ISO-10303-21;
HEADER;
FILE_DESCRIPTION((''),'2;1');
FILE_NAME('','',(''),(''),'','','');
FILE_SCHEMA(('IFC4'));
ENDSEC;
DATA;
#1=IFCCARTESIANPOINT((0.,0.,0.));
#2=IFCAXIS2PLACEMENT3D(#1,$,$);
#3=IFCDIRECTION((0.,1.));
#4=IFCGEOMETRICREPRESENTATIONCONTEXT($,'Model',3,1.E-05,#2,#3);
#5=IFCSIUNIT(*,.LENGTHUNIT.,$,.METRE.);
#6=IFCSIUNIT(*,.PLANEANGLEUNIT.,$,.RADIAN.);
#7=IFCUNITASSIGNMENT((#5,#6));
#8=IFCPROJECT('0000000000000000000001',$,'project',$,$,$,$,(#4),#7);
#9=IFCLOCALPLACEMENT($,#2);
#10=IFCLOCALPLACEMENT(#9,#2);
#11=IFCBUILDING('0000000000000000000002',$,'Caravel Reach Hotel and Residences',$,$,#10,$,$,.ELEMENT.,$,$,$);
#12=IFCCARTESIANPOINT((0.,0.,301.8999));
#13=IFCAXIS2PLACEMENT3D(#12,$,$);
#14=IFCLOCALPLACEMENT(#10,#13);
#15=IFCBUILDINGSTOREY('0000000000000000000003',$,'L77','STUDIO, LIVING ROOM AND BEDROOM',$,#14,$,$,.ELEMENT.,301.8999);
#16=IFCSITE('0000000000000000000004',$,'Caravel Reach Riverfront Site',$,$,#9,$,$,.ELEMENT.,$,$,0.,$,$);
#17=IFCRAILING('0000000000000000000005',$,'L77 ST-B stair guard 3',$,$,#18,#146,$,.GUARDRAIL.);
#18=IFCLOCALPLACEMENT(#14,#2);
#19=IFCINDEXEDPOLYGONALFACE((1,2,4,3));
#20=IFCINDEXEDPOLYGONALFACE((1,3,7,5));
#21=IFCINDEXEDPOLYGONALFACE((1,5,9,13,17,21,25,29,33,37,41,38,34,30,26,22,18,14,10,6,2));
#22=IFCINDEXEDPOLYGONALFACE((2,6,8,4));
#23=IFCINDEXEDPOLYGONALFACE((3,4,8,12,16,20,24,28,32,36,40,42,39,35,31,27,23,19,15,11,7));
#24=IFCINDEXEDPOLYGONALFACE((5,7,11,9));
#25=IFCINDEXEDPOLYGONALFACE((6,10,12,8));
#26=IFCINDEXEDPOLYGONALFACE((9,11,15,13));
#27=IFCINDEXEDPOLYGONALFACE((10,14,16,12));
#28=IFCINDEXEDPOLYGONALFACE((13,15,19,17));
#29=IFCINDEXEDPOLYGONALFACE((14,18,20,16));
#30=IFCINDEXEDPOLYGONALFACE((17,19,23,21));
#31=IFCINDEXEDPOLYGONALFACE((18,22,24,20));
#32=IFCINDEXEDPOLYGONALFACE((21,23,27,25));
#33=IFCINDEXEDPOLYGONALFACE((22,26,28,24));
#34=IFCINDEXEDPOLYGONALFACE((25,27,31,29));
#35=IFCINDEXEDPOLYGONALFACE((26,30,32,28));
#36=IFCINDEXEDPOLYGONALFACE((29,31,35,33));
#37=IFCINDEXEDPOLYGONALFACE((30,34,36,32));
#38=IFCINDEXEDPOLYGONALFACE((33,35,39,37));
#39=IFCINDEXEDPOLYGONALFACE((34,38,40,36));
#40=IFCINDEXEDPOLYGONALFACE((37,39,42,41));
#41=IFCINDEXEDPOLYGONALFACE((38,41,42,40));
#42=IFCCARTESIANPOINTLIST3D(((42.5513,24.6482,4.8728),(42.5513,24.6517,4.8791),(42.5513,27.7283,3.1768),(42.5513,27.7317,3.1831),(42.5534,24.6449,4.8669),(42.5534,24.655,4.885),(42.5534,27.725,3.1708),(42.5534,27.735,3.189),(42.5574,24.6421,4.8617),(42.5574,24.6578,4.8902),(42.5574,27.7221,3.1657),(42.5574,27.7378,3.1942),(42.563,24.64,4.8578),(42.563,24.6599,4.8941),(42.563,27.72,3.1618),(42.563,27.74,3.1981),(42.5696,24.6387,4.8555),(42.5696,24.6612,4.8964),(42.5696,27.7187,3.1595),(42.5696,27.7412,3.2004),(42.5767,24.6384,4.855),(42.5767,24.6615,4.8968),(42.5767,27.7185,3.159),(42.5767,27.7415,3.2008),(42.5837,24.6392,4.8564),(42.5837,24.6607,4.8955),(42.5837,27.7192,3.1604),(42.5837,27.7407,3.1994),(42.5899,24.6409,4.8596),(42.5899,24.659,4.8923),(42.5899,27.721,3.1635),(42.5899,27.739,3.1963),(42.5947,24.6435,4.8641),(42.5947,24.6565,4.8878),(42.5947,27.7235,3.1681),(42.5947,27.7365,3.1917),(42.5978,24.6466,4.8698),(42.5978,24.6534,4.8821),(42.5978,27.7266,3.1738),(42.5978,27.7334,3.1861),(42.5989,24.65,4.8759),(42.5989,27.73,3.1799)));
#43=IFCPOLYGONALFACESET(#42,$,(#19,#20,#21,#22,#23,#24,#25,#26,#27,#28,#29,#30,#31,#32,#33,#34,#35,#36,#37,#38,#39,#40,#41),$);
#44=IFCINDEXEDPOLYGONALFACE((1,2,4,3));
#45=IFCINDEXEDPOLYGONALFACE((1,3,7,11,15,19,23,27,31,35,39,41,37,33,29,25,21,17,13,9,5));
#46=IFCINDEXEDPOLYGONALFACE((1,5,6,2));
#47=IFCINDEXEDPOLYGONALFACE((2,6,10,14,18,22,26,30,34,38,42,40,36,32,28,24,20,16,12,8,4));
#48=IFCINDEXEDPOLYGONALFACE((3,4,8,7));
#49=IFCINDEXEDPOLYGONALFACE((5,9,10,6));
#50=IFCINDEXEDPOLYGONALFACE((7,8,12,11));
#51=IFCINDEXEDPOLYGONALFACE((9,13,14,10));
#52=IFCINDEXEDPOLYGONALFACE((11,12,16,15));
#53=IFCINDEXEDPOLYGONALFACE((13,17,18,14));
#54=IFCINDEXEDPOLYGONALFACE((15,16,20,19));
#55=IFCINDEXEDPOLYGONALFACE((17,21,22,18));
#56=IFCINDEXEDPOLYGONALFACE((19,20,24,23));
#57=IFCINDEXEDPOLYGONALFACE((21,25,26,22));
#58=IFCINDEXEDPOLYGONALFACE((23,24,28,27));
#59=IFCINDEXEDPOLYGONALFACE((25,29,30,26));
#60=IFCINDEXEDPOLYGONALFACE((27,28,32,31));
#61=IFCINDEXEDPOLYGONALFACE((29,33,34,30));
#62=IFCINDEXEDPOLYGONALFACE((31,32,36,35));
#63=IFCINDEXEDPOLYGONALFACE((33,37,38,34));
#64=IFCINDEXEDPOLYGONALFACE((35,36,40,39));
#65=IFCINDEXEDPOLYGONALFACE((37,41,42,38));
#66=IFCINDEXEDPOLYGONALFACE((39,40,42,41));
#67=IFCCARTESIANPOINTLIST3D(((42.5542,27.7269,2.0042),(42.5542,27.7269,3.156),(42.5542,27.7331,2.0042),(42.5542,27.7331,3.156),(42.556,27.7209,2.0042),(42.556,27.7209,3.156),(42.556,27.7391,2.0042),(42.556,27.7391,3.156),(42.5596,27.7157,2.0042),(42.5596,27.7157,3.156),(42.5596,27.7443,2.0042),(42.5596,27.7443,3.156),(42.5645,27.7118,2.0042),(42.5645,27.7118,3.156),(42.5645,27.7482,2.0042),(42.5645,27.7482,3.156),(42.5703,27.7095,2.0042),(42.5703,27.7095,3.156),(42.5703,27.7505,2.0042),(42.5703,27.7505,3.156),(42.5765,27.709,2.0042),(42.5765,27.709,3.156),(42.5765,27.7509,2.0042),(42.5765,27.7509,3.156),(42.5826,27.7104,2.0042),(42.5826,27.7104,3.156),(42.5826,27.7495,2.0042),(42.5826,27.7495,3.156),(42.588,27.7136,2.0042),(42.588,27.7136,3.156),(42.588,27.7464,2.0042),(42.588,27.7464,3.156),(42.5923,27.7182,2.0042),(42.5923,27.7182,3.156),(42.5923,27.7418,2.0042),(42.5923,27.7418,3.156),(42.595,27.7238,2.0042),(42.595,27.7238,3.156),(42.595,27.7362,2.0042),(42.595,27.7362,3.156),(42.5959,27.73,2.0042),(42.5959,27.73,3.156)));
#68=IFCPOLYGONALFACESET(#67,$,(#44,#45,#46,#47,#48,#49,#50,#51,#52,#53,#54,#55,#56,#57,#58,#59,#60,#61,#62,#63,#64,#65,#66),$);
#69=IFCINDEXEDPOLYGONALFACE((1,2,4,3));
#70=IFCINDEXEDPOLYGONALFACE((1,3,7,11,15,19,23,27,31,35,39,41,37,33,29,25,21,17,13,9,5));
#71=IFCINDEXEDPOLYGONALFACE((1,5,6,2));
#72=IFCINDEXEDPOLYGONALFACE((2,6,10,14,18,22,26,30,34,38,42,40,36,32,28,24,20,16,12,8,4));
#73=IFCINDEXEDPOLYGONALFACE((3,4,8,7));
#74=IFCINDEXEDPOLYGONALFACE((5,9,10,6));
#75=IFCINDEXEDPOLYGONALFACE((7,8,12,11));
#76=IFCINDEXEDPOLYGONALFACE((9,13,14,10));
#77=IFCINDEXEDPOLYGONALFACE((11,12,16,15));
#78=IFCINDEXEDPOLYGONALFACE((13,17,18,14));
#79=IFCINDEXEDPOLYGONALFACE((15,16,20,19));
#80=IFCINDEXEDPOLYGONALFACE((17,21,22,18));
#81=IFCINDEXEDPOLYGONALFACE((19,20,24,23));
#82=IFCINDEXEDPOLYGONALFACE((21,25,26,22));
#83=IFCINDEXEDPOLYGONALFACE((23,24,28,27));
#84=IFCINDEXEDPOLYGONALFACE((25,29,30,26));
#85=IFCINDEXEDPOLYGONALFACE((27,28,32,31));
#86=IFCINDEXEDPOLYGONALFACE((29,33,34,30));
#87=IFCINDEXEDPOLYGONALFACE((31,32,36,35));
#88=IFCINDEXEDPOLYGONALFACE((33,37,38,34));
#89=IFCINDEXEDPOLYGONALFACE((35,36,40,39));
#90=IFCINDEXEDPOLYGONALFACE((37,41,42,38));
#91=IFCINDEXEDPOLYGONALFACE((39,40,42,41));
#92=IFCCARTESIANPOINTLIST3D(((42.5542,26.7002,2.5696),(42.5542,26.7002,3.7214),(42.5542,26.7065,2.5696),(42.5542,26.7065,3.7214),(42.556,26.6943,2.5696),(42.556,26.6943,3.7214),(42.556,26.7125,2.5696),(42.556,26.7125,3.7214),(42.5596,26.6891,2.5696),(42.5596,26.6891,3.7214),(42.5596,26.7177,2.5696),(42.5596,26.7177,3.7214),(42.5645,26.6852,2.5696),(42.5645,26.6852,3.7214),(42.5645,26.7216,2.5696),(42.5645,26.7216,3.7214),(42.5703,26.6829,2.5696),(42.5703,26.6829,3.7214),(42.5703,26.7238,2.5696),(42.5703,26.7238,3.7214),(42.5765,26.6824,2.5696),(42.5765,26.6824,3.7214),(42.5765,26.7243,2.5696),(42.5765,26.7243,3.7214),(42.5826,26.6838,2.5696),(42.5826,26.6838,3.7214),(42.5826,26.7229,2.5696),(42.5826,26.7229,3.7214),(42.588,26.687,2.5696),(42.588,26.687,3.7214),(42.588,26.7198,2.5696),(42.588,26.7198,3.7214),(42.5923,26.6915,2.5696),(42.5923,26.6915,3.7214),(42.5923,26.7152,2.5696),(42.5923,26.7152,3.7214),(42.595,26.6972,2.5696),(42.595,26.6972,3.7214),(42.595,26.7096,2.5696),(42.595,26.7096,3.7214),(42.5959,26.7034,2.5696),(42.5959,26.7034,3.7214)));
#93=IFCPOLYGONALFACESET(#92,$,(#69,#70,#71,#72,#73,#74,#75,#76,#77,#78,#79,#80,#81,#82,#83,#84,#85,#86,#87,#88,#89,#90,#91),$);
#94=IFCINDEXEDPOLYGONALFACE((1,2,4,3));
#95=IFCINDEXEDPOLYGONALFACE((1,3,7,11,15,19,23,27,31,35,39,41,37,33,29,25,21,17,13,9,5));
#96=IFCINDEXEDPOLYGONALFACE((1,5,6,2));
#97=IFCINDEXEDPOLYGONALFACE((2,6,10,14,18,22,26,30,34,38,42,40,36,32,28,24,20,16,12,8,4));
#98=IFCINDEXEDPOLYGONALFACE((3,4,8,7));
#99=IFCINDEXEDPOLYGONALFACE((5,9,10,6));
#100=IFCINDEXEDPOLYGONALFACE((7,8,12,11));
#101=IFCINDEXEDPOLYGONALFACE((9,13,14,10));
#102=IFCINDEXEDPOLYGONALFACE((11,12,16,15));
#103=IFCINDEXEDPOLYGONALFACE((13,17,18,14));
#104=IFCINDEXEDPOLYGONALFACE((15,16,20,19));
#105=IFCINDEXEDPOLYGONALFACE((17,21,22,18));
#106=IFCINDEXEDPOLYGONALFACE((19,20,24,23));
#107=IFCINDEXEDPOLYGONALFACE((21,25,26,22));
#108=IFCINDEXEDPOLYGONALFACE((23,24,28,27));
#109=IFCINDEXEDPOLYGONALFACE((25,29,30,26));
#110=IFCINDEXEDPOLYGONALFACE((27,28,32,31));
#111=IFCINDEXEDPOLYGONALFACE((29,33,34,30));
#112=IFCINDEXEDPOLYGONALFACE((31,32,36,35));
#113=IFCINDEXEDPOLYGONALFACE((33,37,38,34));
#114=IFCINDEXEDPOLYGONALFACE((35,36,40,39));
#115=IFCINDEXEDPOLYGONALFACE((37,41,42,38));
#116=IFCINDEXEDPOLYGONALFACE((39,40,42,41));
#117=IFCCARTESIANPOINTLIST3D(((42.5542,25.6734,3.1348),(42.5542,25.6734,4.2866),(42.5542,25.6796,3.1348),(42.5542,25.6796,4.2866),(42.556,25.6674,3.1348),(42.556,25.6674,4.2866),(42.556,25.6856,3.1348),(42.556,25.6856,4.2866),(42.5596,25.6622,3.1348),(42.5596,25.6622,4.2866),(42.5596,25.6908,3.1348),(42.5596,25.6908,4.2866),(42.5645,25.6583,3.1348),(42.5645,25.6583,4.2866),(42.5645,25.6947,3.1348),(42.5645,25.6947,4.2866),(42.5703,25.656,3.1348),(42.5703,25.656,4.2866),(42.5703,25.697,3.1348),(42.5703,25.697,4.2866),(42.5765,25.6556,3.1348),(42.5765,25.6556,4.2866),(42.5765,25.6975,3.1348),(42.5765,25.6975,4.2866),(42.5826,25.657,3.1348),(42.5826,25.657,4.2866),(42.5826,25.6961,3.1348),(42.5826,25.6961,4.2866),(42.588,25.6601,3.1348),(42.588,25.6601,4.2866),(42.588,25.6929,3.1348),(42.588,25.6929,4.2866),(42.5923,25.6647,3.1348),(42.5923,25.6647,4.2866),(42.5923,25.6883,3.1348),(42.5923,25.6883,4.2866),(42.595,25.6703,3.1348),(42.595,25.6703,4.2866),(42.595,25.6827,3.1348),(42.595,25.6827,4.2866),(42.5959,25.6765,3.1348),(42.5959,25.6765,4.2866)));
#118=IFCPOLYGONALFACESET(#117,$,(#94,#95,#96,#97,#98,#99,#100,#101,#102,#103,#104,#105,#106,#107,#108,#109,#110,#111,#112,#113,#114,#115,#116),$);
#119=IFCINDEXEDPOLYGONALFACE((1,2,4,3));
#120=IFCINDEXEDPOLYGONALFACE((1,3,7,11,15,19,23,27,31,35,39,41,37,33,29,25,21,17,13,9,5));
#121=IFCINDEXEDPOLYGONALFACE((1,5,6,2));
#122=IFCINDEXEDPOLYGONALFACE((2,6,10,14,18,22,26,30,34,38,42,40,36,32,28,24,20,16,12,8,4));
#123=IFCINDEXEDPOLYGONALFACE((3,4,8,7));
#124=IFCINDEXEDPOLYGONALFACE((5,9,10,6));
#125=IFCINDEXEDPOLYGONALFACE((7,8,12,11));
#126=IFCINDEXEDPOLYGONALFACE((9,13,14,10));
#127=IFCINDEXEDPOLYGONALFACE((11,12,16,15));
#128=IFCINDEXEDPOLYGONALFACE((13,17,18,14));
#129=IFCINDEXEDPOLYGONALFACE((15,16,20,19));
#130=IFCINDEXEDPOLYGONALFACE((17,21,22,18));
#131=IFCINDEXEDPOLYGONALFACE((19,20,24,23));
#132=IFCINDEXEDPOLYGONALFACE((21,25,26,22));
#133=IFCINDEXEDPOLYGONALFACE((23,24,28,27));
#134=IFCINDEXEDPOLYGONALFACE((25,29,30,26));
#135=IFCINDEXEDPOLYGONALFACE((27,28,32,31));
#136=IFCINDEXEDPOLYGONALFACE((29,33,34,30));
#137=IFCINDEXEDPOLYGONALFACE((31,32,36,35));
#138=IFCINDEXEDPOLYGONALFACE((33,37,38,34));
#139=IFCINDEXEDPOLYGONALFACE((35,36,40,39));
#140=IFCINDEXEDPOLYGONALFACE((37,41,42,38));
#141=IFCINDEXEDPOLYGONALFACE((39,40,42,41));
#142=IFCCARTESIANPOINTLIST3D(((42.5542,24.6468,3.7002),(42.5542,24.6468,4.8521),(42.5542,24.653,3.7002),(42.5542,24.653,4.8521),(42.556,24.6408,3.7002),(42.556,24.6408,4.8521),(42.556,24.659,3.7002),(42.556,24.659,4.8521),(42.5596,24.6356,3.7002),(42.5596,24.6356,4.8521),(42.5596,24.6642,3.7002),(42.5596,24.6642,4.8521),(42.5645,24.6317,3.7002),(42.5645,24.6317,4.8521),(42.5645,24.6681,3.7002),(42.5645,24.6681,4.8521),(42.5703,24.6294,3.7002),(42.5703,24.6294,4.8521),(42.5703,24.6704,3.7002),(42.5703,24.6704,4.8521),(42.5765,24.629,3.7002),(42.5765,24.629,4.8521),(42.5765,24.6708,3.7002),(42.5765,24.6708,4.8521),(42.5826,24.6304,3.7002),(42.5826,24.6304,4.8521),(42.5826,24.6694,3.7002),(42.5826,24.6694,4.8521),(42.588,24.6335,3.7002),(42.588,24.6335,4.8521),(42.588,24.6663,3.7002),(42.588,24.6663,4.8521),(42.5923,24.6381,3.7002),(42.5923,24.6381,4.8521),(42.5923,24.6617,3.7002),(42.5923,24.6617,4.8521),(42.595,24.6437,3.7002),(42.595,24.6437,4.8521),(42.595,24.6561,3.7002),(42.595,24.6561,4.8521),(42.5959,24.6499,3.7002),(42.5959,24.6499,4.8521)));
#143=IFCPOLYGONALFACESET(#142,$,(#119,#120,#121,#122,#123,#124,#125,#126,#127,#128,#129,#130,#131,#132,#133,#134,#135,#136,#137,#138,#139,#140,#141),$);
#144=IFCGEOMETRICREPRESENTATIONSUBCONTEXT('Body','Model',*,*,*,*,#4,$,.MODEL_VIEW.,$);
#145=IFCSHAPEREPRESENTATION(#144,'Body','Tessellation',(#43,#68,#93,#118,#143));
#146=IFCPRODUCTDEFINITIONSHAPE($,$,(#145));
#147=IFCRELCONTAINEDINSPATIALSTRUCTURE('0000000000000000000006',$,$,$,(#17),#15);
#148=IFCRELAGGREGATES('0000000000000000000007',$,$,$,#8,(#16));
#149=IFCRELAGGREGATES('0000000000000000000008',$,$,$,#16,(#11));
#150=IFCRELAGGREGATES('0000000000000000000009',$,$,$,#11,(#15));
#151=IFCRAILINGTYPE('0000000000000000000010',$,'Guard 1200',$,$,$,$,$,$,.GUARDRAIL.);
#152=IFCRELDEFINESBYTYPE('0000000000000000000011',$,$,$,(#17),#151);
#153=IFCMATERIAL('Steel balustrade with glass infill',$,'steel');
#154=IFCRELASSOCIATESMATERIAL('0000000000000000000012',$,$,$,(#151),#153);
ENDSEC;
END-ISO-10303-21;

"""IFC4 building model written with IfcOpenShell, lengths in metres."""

from ifc_helpers import new_model, si_unit, direction, frame, origin, origin_2d, place, context, subcontext, project, spatial, circle, extrude, material, type_object, element, save


model = new_model("IFC4")

# Units and contexts
model_context = context("Model", 3, precision=1e-05, world=origin(), true_north=direction((0.0, 1.0)))
body_context = subcontext(model_context, "Body", "Model", "MODEL_VIEW")
ifc_project = project(units=[si_unit("LENGTHUNIT", "METRE"), si_unit("PLANEANGLEUNIT", "RADIAN")], contexts=[model_context])

# Site, building, storey
site_placement = place(None, origin())
site = spatial("IfcSite", under=ifc_project, at=site_placement, Name="Caravel Reach Riverfront Site", CompositionType="ELEMENT", RefElevation=0.0)
building_placement = place(site_placement, origin())
building = spatial("IfcBuilding", under=site, at=building_placement, Name="Caravel Reach Hotel and Residences", CompositionType="ELEMENT")
storey_placement = place(building_placement, frame((0.0, 0.0, 301.8999)))
storey = spatial("IfcBuildingStorey", under=building, at=storey_placement, Name="L77", Description="STUDIO, LIVING ROOM AND BEDROOM", CompositionType="ELEMENT", Elevation=301.8999)

# Railing
ifc_material_1 = material(Name="Steel balustrade with glass infill", Category="steel")
railing_type_1 = type_object("IfcRailingType", Name="Guard 1200", PredefinedType="GUARDRAIL", material=ifc_material_1)
railing_1_placement = place(storey_placement, frame((42.575, 27.73, 2.0042)))
element("IfcRailing", 1, at=railing_1_placement, inside=storey, type_object=railing_type_1, Name="L77 ST-B stair guard 3", PredefinedType="GUARDRAIL", context=body_context, shape_type="SweptSolid", body=[
    extrude(circle(Radius=0.0239, at=origin_2d()), frame((0.0, 0.0, 1.1758), z_axis=(0.0, -0.875975, 0.482356), x_axis=(1.0, 0.0, 0.0)), (0.0, 0.0, 1.0), 3.5161),
    extrude(circle(Radius=0.021, at=origin_2d()), origin(), (0.0, 0.0, 1.0), 1.1519),
    extrude(circle(Radius=0.021, at=origin_2d()), frame((0.0, -1.0266, 0.5654)), (0.0, 0.0, 1.0), 1.1519),
    extrude(circle(Radius=0.021, at=origin_2d()), frame((0.0, -2.0535, 1.1306)), (0.0, 0.0, 1.0), 1.1519),
    extrude(circle(Radius=0.021, at=origin_2d()), frame((0.0, -3.0801, 1.696)), (0.0, 0.0, 1.0), 1.1519),
])

save(model, "model.ifc")
